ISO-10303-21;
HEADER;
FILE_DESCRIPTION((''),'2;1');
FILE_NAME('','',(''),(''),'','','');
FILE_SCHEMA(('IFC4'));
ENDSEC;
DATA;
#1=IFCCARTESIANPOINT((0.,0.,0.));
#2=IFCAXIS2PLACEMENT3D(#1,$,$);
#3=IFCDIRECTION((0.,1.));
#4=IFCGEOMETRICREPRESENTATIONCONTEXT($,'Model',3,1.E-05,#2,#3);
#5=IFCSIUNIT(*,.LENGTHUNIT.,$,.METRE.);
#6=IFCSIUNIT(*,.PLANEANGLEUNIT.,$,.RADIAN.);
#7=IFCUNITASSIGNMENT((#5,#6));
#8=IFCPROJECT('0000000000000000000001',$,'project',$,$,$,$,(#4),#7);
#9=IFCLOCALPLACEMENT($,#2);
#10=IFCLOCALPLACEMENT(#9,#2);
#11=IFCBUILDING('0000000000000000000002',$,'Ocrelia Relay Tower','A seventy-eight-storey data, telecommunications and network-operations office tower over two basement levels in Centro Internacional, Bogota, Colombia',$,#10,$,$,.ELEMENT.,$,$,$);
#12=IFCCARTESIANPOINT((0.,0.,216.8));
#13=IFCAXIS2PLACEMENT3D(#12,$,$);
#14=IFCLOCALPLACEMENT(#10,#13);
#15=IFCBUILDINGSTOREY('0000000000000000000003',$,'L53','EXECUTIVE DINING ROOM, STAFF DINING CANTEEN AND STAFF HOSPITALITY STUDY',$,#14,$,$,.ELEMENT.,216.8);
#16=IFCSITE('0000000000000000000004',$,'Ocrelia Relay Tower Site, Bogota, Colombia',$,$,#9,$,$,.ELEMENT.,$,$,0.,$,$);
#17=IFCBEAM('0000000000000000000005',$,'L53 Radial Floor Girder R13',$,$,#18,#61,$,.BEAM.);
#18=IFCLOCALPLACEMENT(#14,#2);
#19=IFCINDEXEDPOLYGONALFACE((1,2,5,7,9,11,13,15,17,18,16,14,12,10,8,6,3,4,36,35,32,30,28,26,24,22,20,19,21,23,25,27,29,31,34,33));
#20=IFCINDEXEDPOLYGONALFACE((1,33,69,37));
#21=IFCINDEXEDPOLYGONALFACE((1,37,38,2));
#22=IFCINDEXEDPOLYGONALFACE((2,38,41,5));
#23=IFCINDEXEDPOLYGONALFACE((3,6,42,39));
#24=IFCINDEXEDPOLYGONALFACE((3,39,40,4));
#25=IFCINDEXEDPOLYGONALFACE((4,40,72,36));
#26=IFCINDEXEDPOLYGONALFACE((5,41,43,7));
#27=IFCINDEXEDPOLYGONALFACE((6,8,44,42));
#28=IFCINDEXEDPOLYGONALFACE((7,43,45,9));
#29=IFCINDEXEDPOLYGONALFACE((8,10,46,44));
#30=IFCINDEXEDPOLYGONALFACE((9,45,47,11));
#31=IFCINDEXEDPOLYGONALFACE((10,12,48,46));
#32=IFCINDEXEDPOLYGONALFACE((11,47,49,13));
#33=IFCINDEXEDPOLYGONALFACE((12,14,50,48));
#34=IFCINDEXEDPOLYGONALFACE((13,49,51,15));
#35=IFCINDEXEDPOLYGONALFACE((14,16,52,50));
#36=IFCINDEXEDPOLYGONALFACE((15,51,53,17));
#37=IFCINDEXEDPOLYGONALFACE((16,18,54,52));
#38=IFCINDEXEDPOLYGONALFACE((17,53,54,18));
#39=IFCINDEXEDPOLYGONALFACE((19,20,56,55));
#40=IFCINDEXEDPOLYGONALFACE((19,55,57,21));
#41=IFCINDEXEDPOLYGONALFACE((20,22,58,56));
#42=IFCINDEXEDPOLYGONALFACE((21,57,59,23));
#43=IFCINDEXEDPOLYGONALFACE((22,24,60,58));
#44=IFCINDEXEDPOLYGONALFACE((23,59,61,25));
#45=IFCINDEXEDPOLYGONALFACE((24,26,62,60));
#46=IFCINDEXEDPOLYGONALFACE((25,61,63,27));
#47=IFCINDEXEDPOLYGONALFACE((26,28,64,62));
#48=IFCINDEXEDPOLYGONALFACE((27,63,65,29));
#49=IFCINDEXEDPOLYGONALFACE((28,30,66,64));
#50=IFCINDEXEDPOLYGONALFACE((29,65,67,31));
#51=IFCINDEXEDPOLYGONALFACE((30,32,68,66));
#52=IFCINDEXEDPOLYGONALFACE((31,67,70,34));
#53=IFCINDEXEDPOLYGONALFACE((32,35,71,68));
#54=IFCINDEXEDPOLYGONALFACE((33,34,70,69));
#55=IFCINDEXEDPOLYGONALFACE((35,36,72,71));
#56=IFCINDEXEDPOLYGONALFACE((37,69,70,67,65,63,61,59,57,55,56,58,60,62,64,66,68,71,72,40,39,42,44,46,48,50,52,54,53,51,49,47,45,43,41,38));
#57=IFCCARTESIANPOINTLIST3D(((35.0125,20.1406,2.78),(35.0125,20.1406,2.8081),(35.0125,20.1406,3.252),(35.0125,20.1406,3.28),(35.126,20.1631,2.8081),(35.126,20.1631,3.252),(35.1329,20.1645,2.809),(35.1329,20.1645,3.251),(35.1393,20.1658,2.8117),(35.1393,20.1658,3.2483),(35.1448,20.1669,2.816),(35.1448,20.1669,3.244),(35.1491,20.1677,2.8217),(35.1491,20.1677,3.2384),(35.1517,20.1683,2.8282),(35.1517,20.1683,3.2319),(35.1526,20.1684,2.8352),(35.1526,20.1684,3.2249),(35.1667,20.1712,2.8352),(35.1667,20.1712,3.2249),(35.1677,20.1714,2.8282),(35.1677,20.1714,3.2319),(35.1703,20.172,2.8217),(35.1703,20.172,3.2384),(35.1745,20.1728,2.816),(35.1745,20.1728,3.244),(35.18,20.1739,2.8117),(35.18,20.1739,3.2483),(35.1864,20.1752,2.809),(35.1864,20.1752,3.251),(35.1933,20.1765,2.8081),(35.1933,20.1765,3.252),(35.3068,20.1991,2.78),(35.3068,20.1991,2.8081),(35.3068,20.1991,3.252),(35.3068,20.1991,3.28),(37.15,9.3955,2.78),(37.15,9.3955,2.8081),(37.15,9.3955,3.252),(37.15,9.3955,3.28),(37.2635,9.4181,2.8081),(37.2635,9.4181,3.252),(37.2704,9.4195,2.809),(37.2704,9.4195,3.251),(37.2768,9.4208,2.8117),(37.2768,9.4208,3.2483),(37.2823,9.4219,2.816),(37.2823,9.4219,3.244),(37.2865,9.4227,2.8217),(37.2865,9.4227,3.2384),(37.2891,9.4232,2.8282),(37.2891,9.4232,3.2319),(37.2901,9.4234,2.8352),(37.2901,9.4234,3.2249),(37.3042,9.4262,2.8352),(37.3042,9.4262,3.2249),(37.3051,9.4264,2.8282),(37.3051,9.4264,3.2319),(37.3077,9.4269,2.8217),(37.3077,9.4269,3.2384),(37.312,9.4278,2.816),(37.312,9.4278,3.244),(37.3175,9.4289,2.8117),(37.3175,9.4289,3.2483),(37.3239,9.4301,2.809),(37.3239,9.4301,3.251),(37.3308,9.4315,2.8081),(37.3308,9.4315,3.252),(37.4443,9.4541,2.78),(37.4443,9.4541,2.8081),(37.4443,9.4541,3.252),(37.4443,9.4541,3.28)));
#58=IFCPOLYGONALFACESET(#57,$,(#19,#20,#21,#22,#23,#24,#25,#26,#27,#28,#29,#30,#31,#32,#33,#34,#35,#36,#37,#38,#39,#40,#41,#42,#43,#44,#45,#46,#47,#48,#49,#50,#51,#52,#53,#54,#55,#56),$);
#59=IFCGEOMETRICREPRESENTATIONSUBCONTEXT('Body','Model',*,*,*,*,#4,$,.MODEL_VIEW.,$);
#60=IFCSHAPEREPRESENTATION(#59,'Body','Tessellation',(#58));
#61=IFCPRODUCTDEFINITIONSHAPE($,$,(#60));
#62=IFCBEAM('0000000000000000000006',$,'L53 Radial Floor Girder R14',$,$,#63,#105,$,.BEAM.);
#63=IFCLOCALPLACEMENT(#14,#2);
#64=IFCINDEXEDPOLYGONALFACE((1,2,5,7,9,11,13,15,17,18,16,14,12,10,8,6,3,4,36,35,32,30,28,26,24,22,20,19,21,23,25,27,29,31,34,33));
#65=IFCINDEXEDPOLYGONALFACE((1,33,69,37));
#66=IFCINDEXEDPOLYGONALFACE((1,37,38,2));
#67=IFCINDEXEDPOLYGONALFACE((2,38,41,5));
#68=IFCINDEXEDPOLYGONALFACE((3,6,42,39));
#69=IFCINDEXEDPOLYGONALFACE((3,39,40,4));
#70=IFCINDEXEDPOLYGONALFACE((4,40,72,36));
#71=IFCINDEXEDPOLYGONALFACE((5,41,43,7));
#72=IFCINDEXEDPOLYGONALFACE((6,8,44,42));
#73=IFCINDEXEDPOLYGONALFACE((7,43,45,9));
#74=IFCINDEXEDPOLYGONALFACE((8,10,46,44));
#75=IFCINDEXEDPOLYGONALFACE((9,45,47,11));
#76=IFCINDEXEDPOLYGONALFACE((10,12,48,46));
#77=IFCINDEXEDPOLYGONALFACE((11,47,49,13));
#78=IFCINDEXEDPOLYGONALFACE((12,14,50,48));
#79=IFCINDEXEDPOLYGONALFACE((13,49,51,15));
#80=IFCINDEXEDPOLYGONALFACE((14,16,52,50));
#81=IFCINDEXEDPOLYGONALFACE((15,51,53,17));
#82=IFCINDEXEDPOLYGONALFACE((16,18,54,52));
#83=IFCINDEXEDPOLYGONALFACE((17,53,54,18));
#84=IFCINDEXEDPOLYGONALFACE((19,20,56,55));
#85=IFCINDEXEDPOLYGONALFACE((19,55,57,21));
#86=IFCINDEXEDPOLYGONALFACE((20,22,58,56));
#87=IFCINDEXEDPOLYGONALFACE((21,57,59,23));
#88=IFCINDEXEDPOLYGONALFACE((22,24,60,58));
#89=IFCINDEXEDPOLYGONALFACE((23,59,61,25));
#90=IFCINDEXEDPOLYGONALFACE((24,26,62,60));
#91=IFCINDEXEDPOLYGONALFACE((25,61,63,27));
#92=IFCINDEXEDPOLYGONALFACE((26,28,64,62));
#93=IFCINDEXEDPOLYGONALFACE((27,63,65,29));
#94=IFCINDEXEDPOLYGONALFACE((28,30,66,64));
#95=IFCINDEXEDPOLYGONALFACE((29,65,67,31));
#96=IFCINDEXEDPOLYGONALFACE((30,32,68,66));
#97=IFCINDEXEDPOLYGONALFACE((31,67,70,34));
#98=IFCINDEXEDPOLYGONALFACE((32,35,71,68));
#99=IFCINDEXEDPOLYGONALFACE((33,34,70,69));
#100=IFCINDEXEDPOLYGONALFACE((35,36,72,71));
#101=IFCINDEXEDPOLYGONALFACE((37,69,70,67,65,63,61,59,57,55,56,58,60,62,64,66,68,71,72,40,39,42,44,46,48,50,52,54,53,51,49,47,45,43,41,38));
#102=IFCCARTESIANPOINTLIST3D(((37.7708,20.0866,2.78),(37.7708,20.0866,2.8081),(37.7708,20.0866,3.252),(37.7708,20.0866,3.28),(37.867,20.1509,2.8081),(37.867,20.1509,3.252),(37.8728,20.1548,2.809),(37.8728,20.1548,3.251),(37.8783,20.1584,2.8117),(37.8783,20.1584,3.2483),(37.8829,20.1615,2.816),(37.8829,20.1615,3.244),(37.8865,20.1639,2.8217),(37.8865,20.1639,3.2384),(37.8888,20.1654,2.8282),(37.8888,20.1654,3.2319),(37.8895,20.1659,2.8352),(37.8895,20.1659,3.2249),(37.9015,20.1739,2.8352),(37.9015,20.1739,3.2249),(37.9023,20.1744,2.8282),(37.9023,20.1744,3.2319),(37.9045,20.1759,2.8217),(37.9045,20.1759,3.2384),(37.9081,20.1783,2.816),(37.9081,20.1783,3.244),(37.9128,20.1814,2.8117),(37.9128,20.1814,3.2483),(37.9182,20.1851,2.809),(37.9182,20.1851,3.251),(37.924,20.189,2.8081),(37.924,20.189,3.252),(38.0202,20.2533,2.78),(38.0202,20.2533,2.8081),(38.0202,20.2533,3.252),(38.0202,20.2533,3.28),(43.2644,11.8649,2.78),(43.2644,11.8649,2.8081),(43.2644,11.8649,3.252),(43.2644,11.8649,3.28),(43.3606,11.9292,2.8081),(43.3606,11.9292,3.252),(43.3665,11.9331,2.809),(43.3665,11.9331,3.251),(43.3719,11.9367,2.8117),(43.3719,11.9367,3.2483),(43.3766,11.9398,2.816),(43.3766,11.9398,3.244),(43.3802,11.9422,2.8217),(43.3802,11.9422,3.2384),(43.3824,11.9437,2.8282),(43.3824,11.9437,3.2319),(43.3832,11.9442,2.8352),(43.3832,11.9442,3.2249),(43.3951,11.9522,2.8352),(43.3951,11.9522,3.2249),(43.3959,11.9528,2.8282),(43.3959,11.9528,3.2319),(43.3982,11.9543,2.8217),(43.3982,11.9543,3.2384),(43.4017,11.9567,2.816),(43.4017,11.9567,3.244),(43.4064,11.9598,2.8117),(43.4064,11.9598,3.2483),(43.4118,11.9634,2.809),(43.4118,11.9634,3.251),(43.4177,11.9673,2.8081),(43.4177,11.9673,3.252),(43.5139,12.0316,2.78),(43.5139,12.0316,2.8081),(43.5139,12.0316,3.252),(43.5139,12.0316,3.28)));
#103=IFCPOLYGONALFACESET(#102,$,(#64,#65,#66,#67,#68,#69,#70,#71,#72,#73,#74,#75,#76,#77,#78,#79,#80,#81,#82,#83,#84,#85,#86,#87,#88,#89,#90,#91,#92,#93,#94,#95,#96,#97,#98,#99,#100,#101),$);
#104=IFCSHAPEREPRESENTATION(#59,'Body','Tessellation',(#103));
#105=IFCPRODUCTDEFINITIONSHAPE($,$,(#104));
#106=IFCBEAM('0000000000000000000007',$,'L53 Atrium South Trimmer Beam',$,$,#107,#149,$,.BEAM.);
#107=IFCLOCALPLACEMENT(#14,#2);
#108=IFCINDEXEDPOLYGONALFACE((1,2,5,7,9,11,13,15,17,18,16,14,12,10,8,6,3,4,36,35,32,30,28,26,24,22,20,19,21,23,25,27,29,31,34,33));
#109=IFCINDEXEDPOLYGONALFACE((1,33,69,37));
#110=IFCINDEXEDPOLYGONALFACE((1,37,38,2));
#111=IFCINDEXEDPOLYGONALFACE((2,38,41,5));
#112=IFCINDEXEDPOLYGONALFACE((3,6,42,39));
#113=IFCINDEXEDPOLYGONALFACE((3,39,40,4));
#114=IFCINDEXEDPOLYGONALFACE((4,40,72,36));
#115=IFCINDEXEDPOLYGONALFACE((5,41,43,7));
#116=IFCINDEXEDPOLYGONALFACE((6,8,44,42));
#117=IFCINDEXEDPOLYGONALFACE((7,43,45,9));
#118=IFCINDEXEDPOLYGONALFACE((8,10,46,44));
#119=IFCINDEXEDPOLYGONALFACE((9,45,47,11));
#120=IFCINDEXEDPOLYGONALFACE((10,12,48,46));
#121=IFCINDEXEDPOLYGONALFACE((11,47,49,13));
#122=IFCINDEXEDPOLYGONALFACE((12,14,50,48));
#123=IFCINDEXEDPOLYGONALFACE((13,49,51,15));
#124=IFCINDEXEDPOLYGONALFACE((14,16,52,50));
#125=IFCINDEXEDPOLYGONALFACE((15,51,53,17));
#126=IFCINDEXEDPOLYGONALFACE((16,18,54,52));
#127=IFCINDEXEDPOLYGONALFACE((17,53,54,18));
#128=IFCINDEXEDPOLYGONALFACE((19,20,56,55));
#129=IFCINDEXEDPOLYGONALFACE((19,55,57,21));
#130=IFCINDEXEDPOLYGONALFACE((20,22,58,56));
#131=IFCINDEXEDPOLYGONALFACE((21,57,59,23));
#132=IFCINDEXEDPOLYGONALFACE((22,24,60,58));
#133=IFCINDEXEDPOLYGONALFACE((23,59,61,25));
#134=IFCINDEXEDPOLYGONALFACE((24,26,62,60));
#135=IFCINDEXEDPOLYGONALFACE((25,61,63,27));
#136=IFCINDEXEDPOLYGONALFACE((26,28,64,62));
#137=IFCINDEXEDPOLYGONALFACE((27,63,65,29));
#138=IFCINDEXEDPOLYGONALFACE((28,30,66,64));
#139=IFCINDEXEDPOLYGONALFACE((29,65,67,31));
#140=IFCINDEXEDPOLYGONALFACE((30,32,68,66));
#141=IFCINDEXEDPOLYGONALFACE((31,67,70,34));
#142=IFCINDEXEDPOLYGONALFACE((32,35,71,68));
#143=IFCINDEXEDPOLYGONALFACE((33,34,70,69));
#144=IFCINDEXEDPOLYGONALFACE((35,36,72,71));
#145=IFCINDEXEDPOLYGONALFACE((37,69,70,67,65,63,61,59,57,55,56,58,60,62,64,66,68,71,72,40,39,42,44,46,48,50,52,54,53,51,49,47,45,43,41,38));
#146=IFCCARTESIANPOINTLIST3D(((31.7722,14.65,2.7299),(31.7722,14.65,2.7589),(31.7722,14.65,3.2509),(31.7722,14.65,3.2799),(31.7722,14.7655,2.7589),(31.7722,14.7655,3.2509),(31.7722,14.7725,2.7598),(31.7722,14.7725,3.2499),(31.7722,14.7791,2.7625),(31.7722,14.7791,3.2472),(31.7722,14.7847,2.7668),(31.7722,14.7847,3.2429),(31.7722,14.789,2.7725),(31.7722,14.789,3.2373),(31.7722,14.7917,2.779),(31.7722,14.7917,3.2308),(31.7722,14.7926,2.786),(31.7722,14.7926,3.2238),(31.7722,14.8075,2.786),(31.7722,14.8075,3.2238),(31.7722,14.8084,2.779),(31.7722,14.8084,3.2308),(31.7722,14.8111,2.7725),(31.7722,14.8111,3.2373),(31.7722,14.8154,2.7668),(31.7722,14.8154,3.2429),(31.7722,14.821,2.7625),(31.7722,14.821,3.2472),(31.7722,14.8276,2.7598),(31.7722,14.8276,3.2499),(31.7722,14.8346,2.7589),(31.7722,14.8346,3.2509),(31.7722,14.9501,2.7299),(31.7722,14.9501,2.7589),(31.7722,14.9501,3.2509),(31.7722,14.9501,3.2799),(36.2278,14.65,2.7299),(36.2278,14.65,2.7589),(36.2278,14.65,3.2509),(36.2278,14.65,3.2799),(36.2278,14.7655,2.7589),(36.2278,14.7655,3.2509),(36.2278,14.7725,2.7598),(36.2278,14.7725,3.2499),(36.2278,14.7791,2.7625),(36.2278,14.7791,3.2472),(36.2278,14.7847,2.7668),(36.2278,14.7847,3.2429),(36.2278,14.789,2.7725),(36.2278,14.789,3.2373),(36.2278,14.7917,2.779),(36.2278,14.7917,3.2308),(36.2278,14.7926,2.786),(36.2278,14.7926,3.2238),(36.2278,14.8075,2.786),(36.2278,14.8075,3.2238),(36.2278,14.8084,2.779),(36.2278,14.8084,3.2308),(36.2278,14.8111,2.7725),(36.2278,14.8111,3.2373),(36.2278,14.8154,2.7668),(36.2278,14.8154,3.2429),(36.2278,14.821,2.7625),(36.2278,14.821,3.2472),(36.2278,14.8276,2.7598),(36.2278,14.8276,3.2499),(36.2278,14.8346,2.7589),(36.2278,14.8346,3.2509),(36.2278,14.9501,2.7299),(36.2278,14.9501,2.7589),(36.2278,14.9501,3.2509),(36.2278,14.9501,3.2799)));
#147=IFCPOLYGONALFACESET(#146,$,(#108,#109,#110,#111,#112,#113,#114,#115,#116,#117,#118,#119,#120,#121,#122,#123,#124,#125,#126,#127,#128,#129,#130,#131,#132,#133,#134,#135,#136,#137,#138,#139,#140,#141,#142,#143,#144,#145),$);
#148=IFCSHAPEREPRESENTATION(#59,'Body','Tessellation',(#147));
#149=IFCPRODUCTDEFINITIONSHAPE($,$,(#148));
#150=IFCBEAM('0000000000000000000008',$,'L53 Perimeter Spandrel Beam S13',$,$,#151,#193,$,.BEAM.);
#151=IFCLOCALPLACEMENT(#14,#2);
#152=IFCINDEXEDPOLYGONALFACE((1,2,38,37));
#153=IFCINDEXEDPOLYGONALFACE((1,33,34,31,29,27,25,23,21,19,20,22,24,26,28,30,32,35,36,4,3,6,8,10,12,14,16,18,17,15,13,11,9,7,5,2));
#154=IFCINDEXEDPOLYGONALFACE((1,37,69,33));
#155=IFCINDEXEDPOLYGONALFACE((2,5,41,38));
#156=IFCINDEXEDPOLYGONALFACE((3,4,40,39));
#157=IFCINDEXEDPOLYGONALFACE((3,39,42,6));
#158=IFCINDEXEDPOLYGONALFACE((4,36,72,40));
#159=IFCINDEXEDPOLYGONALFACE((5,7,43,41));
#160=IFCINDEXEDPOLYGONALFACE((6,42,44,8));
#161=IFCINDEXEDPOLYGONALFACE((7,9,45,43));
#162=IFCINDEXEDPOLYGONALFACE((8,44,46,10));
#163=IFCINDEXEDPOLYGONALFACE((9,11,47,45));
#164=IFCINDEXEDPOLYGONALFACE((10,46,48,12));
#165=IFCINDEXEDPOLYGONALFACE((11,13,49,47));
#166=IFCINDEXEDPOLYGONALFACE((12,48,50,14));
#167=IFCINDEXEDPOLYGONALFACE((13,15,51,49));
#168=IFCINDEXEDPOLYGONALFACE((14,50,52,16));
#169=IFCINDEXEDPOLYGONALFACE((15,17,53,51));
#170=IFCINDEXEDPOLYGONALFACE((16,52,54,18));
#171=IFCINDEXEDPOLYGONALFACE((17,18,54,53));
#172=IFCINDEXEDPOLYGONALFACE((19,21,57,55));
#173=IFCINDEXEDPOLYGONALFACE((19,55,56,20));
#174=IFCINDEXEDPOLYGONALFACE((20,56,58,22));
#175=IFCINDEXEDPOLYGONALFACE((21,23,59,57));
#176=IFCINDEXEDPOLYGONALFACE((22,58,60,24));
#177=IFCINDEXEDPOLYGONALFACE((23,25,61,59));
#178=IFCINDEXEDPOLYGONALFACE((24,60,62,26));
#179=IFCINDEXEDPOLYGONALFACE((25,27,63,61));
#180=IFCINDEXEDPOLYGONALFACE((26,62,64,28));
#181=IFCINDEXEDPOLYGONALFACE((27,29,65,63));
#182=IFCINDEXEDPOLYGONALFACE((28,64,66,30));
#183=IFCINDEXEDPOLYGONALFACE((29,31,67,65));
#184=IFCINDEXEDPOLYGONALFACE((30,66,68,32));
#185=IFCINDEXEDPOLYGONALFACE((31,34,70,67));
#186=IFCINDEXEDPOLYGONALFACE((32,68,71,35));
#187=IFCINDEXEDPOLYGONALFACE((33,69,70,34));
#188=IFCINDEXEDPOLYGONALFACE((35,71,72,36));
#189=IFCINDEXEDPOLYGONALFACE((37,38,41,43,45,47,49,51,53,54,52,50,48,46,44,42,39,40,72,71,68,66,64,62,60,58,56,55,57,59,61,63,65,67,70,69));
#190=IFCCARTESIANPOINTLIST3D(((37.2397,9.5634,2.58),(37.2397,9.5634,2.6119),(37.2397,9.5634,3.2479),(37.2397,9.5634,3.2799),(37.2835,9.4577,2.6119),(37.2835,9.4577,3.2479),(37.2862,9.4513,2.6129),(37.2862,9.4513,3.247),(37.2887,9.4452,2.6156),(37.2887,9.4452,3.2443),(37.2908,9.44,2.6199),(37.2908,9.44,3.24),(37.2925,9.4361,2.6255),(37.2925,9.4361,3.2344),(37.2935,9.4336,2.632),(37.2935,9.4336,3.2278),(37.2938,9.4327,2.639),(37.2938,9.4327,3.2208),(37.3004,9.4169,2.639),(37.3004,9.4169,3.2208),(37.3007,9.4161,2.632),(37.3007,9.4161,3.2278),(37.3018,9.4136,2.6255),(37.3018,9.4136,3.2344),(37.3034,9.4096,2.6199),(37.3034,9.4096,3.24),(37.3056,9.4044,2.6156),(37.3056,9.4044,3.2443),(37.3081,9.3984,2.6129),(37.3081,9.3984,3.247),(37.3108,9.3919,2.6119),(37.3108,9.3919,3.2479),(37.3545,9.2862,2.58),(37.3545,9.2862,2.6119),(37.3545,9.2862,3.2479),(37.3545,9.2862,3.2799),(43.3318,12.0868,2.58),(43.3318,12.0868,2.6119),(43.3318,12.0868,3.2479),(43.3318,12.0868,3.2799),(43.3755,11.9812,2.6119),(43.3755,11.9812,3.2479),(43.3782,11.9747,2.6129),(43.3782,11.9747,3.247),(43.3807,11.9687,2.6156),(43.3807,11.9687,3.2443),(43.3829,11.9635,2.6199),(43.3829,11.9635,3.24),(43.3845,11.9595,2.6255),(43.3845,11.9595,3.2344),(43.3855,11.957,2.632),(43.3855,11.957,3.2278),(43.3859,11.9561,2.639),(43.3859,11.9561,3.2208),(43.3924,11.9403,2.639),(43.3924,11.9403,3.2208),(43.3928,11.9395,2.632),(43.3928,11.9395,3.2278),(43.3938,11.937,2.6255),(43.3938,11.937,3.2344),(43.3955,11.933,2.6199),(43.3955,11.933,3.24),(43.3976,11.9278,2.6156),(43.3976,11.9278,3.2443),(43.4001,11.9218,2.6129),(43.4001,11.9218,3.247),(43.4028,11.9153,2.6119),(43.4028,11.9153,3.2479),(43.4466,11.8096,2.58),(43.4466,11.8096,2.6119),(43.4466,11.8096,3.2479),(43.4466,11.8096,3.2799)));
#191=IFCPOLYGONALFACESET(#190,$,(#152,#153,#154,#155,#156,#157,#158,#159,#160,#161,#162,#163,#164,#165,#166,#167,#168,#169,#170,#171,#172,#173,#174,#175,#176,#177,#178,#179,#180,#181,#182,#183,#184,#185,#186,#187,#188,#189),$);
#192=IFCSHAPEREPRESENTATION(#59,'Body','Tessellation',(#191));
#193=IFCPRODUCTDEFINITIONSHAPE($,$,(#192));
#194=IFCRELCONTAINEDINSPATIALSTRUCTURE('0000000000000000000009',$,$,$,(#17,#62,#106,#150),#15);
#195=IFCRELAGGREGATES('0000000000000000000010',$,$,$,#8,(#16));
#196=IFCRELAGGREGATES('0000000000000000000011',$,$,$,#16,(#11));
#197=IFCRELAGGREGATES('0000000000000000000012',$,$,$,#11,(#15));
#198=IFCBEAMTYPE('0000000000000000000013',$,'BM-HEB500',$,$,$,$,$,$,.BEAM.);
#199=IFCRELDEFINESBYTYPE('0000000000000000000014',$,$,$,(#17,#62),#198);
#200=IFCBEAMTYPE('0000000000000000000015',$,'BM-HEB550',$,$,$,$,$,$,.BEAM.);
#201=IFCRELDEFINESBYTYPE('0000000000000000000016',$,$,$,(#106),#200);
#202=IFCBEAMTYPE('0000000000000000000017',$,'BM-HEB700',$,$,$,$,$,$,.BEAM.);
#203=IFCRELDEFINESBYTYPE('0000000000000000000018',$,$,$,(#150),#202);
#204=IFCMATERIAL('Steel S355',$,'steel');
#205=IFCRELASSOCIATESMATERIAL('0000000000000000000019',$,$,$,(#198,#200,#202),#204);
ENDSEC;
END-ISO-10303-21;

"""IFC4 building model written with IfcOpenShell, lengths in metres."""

from ifc_helpers import new_model, si_unit, direction, frame, origin, origin_2d, place, context, subcontext, project, spatial, i_section, extrude, material, material_profile, profile_set, type_object, element, save


model = new_model("IFC4")

# Units and contexts
model_context = context("Model", 3, precision=1e-05, world=origin(), true_north=direction((0.0, 1.0)))
body_context = subcontext(model_context, "Body", "Model", "MODEL_VIEW")
ifc_project = project(units=[si_unit("LENGTHUNIT", "METRE"), si_unit("PLANEANGLEUNIT", "RADIAN")], contexts=[model_context])

# Site, building, storey
site_placement = place(None, origin())
site = spatial("IfcSite", under=ifc_project, at=site_placement, Name="Ocrelia Relay Tower Site, Bogota, Colombia", CompositionType="ELEMENT", RefElevation=0.0)
building_placement = place(site_placement, origin())
building = spatial("IfcBuilding", under=site, at=building_placement, Name="Ocrelia Relay Tower", Description="A seventy-eight-storey data, telecommunications and network-operations office tower over two basement levels in Centro Internacional, Bogota, Colombia", CompositionType="ELEMENT")
storey_placement = place(building_placement, frame((0.0, 0.0, 216.8)))
storey = spatial("IfcBuildingStorey", under=building, at=storey_placement, Name="L53", Description="EXECUTIVE DINING ROOM, STAFF DINING CANTEEN AND STAFF HOSPITALITY STUDY", CompositionType="ELEMENT", Elevation=216.8)

# Beams
ifc_material_1 = material(Name="Steel S355", Category="steel")
ifc_material_profile_1 = material_profile(ifc_material_1, i_section(OverallWidth=0.3, OverallDepth=0.5, WebThickness=0.0144, FlangeThickness=0.0281, FilletRadius=0.0271, at=origin_2d()), Name="HEB 500")
ifc_profile_set_1 = profile_set([ifc_material_profile_1], Name="Steel S355")
beam_type_1 = type_object("IfcBeamType", Name="BM-HEB500", PredefinedType="BEAM", material=ifc_profile_set_1)
beam_1_placement = place(storey_placement, frame((37.2971, 9.4248, 3.03), z_axis=(-0.1951, 0.980783, 0.0), x_axis=(-0.980783, -0.1951, 0.0)))
element("IfcBeam", 1, at=beam_1_placement, inside=storey, type_object=beam_type_1, Name="L53 Radial Floor Girder R13", PredefinedType="BEAM", context=body_context, shape_type="SweptSolid", body=[
    extrude(i_section(OverallWidth=0.3, OverallDepth=0.5, WebThickness=0.0144, FlangeThickness=0.0281, FilletRadius=0.0271, at=origin_2d()), origin(), (0.0, 0.0, 1.0), 10.9556),
])
beam_2_placement = place(storey_placement, frame((43.3892, 11.9482, 3.03), z_axis=(-0.555577, 0.831465, 0.0), x_axis=(-0.831465, -0.555577, 0.0)))
element("IfcBeam", 2, at=beam_2_placement, inside=storey, type_object=beam_type_1, Name="L53 Radial Floor Girder R14", PredefinedType="BEAM", context=body_context, shape_type="SweptSolid", body=[
    extrude(i_section(OverallWidth=0.3, OverallDepth=0.5, WebThickness=0.0144, FlangeThickness=0.0281, FilletRadius=0.0271, at=origin_2d()), origin(), (0.0, 0.0, 1.0), 9.8882),
])
ifc_material_profile_2 = material_profile(ifc_material_1, i_section(OverallWidth=0.3, OverallDepth=0.55, WebThickness=0.0149, FlangeThickness=0.0291, FilletRadius=0.0271, at=origin_2d()), Name="HEB 550")
ifc_profile_set_2 = profile_set([ifc_material_profile_2], Name="Steel S355")
beam_type_2 = type_object("IfcBeamType", Name="BM-HEB550", PredefinedType="BEAM", material=ifc_profile_set_2)
beam_3_placement = place(storey_placement, frame((31.7722, 14.8, 3.0049), z_axis=(1.0, 0.0, 0.0), x_axis=(0.0, 1.0, 0.0)))
element("IfcBeam", 3, at=beam_3_placement, inside=storey, type_object=beam_type_2, Name="L53 Atrium South Trimmer Beam", PredefinedType="BEAM", context=body_context, shape_type="SweptSolid", body=[
    extrude(i_section(OverallWidth=0.3, OverallDepth=0.55, WebThickness=0.0149, FlangeThickness=0.0291, FilletRadius=0.0271, at=origin_2d()), origin(), (0.0, 0.0, 1.0), 4.4556),
])
ifc_material_profile_3 = material_profile(ifc_material_1, i_section(OverallWidth=0.3, OverallDepth=0.7, WebThickness=0.0171, FlangeThickness=0.032, FilletRadius=0.0271, at=origin_2d()), Name="HEB 700")
ifc_profile_set_3 = profile_set([ifc_material_profile_3], Name="Steel S355")
beam_type_3 = type_object("IfcBeamType", Name="BM-HEB700", PredefinedType="BEAM", material=ifc_profile_set_3)
for number, where, z_axis, x_axis, name in (
    (4, (37.2971, 9.4248, 2.9299), (0.923878, 0.382688, 0.0), (-0.382688, 0.923878, 0.0), "L53 Perimeter Spandrel Beam S13"),
):
    element("IfcBeam", number, at=place(storey_placement, frame(where, z_axis=z_axis, x_axis=x_axis)), inside=storey, type_object=beam_type_3, Name=name, PredefinedType="BEAM", context=body_context, shape_type="SweptSolid", body=[
        extrude(i_section(OverallWidth=0.3, OverallDepth=0.7, WebThickness=0.0171, FlangeThickness=0.032, FilletRadius=0.0271, at=origin_2d()), origin(), (0.0, 0.0, 1.0), 6.594),
    ])

save(model, "model.ifc")
